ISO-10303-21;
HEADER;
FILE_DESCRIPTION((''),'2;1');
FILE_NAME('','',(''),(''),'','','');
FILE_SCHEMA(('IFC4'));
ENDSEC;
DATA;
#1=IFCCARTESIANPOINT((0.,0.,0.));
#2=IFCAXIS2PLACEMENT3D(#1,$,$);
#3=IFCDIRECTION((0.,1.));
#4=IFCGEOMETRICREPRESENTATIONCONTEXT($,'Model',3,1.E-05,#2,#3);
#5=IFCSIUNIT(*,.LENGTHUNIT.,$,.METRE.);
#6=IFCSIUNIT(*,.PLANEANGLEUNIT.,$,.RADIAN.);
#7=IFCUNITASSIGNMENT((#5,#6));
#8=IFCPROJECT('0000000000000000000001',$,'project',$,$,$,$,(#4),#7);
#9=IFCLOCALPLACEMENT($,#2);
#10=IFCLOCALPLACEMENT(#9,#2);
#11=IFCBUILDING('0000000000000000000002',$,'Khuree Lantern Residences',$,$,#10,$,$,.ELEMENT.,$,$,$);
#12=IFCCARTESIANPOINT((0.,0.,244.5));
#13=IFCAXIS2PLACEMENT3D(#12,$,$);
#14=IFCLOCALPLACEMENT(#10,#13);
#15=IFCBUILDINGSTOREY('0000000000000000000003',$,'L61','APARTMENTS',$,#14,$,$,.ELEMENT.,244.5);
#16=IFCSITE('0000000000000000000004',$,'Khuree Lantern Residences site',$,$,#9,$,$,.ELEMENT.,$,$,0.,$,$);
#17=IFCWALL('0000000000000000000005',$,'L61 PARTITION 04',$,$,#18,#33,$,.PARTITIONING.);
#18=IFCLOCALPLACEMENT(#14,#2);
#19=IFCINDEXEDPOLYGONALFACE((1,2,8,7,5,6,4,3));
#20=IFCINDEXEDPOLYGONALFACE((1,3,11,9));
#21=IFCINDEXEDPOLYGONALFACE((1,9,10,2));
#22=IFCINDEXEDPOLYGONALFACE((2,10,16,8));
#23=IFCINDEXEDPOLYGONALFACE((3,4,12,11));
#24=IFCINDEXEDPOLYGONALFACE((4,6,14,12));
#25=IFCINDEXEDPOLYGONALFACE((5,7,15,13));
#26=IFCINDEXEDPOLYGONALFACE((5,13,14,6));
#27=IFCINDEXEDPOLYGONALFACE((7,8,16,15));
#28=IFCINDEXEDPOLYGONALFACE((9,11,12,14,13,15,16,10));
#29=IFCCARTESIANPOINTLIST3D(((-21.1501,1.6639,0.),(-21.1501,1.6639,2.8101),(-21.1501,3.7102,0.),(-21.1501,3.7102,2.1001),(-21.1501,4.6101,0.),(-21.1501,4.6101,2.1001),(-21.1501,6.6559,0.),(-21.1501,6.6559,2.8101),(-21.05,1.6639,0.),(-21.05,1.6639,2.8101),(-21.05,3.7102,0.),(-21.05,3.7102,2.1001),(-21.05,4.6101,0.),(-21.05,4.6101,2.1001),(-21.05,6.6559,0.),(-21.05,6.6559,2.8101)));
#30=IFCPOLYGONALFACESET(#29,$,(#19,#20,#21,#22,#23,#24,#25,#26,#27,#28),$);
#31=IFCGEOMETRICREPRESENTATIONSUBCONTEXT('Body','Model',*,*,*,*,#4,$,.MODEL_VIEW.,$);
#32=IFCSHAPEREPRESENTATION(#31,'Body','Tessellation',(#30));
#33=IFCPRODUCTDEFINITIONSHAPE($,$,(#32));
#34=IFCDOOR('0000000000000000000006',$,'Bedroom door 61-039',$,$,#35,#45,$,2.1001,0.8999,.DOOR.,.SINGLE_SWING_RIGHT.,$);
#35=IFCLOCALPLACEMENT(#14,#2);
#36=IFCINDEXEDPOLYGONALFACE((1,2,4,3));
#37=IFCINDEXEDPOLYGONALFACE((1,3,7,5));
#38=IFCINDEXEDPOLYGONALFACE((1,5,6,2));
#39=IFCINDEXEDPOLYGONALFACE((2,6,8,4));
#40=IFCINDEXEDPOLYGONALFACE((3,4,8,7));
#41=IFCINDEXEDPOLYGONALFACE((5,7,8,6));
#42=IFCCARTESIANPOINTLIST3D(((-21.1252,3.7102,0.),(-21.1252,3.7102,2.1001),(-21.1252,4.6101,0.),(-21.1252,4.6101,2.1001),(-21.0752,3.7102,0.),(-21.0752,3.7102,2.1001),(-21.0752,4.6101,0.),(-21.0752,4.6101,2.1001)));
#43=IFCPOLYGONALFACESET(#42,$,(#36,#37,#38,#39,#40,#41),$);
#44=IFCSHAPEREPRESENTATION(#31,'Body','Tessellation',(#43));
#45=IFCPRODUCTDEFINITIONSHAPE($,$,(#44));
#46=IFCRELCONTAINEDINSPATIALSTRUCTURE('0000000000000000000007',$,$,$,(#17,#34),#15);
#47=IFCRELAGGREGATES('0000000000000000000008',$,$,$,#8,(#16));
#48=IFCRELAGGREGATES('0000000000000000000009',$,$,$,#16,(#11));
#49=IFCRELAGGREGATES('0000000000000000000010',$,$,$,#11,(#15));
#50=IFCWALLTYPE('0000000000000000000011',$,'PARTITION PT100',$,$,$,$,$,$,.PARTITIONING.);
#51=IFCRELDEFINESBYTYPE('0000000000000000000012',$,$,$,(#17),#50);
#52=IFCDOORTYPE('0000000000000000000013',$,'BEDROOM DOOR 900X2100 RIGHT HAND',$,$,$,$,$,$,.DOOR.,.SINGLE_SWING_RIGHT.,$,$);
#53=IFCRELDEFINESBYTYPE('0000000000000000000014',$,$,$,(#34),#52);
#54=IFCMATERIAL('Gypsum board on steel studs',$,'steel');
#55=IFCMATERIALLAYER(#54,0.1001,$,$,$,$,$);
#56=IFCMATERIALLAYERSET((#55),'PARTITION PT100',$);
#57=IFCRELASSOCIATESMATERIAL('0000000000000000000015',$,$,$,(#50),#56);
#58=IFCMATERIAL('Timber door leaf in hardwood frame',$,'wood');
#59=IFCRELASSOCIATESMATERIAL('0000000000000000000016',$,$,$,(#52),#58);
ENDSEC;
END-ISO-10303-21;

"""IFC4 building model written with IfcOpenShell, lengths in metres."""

from ifc_helpers import new_model, si_unit, direction, frame, frame_2d, origin, place, context, subcontext, project, spatial, rectangle, extrude, material, layer, layer_set, type_object, element, fill, save


model = new_model("IFC4")

# Units and contexts
model_context = context("Model", 3, precision=1e-05, world=origin(), true_north=direction((0.0, 1.0)))
body_context = subcontext(model_context, "Body", "Model", "MODEL_VIEW")
ifc_project = project(units=[si_unit("LENGTHUNIT", "METRE"), si_unit("PLANEANGLEUNIT", "RADIAN")], contexts=[model_context])

# Site, building, storey
site_placement = place(None, origin())
site = spatial("IfcSite", under=ifc_project, at=site_placement, Name="Khuree Lantern Residences site", CompositionType="ELEMENT", RefElevation=0.0)
building_placement = place(site_placement, origin())
building = spatial("IfcBuilding", under=site, at=building_placement, Name="Khuree Lantern Residences", CompositionType="ELEMENT")
storey_placement = place(building_placement, frame((0.0, 0.0, 244.5)))
storey = spatial("IfcBuildingStorey", under=building, at=storey_placement, Name="L61", Description="APARTMENTS", CompositionType="ELEMENT", Elevation=244.5)

# Shared definitions
ifc_material_1 = material(Name="Timber door leaf in hardwood frame", Category="wood")

# Shared definitions
ifc_material_2 = material(Name="Gypsum board on steel studs", Category="steel")

# Shared definitions
ifc_layer_1 = layer(ifc_material_2, 0.1001)
ifc_layer_set_1 = layer_set([ifc_layer_1], Name="PARTITION PT100")
wall_type_1 = type_object("IfcWallType", Name="PARTITION PT100", PredefinedType="PARTITIONING", material=ifc_layer_set_1)

# Wall, opening, door
door_type_1 = type_object("IfcDoorType", Name="BEDROOM DOOR 900X2100 RIGHT HAND", OperationType="SINGLE_SWING_RIGHT", PredefinedType="DOOR", material=ifc_material_1)
wall_1_placement = place(storey_placement, frame((-21.1001, 6.656, 0.0), z_axis=(0.0, 0.0, 1.0), x_axis=(0.0, -1.0, 0.0)))
wall_1 = element("IfcWall", 1, at=wall_1_placement, inside=storey, type_object=wall_type_1, Name="L61 PARTITION 04", PredefinedType="PARTITIONING", context=body_context, shape_type="SweptSolid", body=[
    extrude(rectangle(XDim=4.9919, YDim=0.1001, at=frame_2d((2.4961, 0.0))), origin(), (0.0, 0.0, 1.0), 2.8101),
])
opening_1_placement = place(wall_1_placement, frame((2.0459, 0.0, 0.0)))
opening_1 = element("IfcOpeningElement", 2, at=opening_1_placement, cuts=wall_1, PredefinedType="OPENING", context=body_context, shape_type="SweptSolid", body=[
    extrude(rectangle(XDim=0.8999, YDim=2.1001, at=frame_2d((0.45, 1.05))), frame((0.0, 0.0601, 0.0), z_axis=(0.0, -1.0, 0.0), x_axis=(1.0, 0.0, 0.0)), (0.0, 0.0, 1.0), 0.1201),
])
door_1_placement = place(opening_1_placement, origin())
door_1 = element("IfcDoor", 3, at=door_1_placement, inside=storey, type_object=door_type_1, Name="Bedroom door 61-039", OperationType="SINGLE_SWING_RIGHT", OverallHeight=2.1001, OverallWidth=0.8999, PredefinedType="DOOR", context=body_context, shape_type="SweptSolid", body=[
    extrude(rectangle(XDim=0.8999, YDim=2.1001, at=frame_2d((0.45, 1.05))), frame((0.0, 0.0249, 0.0), z_axis=(0.0, -1.0, 0.0), x_axis=(1.0, 0.0, 0.0)), (0.0, 0.0, 1.0), 0.05),
])
fill(opening_1, door_1)

save(model, "model.ifc")
